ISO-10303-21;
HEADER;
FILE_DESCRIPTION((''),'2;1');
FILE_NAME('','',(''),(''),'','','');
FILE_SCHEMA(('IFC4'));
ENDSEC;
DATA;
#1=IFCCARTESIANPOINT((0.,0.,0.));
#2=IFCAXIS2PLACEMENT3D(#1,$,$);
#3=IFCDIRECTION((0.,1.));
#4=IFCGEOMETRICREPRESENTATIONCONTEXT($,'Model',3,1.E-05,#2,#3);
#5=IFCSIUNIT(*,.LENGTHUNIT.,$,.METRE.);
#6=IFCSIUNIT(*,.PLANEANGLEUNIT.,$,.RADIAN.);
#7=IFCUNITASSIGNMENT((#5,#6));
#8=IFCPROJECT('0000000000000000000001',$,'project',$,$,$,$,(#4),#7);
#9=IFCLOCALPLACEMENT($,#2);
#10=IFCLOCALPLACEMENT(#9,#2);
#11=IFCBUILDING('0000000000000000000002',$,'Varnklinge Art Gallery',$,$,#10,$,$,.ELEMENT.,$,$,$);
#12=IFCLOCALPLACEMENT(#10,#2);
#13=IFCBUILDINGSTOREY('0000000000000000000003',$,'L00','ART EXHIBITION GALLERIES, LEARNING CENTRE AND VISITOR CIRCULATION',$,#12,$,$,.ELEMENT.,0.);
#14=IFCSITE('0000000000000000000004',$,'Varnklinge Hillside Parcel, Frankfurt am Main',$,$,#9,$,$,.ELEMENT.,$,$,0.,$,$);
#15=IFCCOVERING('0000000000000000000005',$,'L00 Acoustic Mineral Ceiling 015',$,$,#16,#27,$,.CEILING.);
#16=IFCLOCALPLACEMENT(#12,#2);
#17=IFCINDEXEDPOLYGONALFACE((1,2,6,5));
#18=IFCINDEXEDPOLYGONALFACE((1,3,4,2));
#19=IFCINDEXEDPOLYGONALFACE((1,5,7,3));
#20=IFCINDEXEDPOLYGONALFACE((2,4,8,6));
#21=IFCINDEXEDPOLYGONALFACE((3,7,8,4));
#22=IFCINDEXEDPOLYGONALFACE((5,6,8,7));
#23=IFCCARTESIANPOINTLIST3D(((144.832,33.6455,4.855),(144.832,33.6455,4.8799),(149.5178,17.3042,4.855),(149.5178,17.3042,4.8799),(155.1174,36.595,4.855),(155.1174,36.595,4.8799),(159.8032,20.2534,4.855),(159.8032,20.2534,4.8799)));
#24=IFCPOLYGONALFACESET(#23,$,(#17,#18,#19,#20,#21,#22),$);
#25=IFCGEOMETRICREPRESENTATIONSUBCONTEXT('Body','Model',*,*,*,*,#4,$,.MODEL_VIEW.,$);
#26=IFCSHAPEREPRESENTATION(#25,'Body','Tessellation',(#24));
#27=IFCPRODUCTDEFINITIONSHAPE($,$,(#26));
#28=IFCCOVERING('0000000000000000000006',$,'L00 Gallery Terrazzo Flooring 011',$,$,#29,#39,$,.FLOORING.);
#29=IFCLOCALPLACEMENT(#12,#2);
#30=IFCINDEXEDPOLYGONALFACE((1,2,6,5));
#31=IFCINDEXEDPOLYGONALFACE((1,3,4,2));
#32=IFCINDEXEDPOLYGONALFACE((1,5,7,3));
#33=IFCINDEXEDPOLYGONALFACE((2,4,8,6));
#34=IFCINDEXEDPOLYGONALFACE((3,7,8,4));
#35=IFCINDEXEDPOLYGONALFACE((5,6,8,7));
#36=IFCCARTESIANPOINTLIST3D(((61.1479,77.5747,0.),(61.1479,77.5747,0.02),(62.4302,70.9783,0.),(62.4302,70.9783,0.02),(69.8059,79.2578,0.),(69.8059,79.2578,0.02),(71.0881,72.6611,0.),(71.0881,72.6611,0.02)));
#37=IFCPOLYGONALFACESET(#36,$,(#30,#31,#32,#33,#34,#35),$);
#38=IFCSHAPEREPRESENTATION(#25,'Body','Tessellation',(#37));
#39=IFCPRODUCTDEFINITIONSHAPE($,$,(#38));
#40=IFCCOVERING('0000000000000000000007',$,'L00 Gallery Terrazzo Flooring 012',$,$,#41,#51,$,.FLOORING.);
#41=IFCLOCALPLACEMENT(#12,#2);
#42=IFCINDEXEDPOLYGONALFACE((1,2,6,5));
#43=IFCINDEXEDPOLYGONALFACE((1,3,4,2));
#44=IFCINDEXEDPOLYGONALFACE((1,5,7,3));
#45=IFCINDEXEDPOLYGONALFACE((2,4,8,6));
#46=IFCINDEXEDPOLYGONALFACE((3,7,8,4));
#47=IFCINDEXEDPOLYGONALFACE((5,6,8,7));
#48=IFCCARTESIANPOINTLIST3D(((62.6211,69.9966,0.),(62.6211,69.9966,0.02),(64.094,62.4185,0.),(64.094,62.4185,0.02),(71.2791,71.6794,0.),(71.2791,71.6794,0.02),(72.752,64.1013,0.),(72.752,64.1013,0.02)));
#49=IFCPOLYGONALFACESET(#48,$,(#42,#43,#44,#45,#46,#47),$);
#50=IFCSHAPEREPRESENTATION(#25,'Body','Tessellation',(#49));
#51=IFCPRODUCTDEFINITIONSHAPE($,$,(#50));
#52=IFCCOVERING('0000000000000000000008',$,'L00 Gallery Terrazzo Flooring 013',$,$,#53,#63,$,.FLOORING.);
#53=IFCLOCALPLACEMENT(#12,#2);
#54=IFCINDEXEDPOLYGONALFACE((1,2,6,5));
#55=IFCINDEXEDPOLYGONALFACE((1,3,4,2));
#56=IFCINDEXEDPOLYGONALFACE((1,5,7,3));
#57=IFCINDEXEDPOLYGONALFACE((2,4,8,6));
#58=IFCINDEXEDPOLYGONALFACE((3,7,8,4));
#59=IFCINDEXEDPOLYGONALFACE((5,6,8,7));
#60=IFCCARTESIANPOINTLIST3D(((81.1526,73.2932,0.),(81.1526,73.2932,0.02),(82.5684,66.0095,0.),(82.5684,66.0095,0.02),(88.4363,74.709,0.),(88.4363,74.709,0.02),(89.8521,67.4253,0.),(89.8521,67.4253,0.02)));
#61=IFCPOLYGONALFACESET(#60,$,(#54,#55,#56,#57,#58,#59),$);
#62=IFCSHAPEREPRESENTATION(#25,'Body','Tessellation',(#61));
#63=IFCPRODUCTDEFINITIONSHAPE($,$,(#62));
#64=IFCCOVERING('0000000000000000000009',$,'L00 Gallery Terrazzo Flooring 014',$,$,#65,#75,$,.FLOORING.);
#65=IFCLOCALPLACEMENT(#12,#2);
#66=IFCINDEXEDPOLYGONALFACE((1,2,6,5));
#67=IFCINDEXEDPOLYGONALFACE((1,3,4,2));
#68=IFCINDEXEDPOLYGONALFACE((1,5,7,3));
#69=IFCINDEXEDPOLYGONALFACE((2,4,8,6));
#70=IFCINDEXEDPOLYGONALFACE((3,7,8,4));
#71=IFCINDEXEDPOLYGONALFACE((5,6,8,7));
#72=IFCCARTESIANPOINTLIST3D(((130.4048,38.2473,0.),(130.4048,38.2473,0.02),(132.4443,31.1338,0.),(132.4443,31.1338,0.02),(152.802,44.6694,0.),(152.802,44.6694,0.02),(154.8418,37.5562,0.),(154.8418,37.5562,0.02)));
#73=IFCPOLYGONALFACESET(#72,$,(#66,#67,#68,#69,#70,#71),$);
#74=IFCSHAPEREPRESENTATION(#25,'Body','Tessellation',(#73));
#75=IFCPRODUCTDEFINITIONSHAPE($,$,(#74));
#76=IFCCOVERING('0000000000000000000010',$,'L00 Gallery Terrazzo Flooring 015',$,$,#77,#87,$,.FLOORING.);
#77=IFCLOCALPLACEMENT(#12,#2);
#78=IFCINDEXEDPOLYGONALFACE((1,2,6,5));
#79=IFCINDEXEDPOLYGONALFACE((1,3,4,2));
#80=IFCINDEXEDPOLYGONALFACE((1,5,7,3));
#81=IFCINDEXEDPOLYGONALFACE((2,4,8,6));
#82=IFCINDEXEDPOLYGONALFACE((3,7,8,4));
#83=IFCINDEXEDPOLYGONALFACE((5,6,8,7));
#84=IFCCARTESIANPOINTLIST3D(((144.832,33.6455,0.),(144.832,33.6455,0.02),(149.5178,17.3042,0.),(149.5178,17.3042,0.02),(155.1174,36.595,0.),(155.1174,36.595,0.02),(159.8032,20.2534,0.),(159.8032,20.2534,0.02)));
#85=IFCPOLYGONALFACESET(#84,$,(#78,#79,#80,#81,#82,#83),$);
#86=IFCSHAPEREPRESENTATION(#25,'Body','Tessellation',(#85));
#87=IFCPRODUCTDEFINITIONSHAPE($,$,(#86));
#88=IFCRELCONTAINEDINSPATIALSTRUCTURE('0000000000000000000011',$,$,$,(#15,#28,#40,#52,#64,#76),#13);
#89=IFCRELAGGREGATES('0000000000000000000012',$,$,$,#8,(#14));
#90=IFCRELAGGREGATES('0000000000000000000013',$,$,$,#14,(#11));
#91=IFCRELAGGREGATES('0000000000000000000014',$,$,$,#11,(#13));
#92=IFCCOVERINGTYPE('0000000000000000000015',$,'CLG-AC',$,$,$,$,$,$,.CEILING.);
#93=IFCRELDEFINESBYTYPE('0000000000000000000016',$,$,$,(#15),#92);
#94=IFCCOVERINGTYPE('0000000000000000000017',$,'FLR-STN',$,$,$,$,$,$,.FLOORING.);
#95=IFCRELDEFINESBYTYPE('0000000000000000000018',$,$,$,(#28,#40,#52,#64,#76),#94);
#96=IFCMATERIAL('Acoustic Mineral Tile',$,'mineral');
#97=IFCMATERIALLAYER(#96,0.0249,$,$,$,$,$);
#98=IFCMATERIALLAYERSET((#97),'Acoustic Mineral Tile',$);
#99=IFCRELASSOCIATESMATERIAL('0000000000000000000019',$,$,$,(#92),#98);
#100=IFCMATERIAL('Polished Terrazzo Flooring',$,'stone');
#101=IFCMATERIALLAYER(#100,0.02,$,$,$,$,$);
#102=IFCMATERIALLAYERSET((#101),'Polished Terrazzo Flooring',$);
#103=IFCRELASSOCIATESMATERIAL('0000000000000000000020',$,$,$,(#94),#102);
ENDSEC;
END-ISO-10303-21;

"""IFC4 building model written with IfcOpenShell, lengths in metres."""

from ifc_helpers import new_model, si_unit, direction, frame, origin, place, context, subcontext, project, spatial, polyline, outline, extrude, material, layer, layer_set, type_object, element, save


model = new_model("IFC4")

# Units and contexts
model_context = context("Model", 3, precision=1e-05, world=origin(), true_north=direction((0.0, 1.0)))
body_context = subcontext(model_context, "Body", "Model", "MODEL_VIEW")
ifc_project = project(units=[si_unit("LENGTHUNIT", "METRE"), si_unit("PLANEANGLEUNIT", "RADIAN")], contexts=[model_context])

# Site, building, storey
site_placement = place(None, origin())
site = spatial("IfcSite", under=ifc_project, at=site_placement, Name="Varnklinge Hillside Parcel, Frankfurt am Main", CompositionType="ELEMENT", RefElevation=0.0)
building_placement = place(site_placement, origin())
building = spatial("IfcBuilding", under=site, at=building_placement, Name="Varnklinge Art Gallery", CompositionType="ELEMENT")
storey_placement = place(building_placement, origin())
storey = spatial("IfcBuildingStorey", under=building, at=storey_placement, Name="L00", Description="ART EXHIBITION GALLERIES, LEARNING CENTRE AND VISITOR CIRCULATION", CompositionType="ELEMENT", Elevation=0.0)

# Coverings
ifc_material_1 = material(Name="Acoustic Mineral Tile", Category="mineral")
ifc_layer_1 = layer(ifc_material_1, 0.0249)
ifc_layer_set_1 = layer_set([ifc_layer_1], Name="Acoustic Mineral Tile")
covering_type_1 = type_object("IfcCoveringType", Name="CLG-AC", PredefinedType="CEILING", material=ifc_layer_set_1)
covering_1_placement = place(storey_placement, frame((0.0, 0.0, 4.855)))
element("IfcCovering", 1, at=covering_1_placement, inside=storey, type_object=covering_type_1, Name="L00 Acoustic Mineral Ceiling 015", PredefinedType="CEILING", context=body_context, shape_type="SweptSolid", body=[
    extrude(outline(polyline([(149.5178, 17.3042), (159.8032, 20.2534), (155.1174, 36.595), (144.832, 33.6455), (149.5178, 17.3042)])), origin(), (0.0, 0.0, 1.0), 0.0249),
])
ifc_material_2 = material(Name="Polished Terrazzo Flooring", Category="stone")
ifc_layer_2 = layer(ifc_material_2, 0.02)
ifc_layer_set_2 = layer_set([ifc_layer_2], Name="Polished Terrazzo Flooring")
covering_type_2 = type_object("IfcCoveringType", Name="FLR-STN", PredefinedType="FLOORING", material=ifc_layer_set_2)
covering_2_placement = place(storey_placement, origin())
element("IfcCovering", 2, at=covering_2_placement, inside=storey, type_object=covering_type_2, Name="L00 Gallery Terrazzo Flooring 011", PredefinedType="FLOORING", context=body_context, shape_type="SweptSolid", body=[
    extrude(outline(polyline([(69.8059, 79.2578), (61.1479, 77.5747), (62.4302, 70.9783), (71.0881, 72.6611), (69.8059, 79.2578)])), origin(), (0.0, 0.0, 1.0), 0.02),
])
covering_3_placement = place(storey_placement, origin())
element("IfcCovering", 3, at=covering_3_placement, inside=storey, type_object=covering_type_2, Name="L00 Gallery Terrazzo Flooring 012", PredefinedType="FLOORING", context=body_context, shape_type="SweptSolid", body=[
    extrude(outline(polyline([(71.2791, 71.6794), (62.6211, 69.9966), (64.094, 62.4185), (72.752, 64.1013), (71.2791, 71.6794)])), origin(), (0.0, 0.0, 1.0), 0.02),
])
covering_4_placement = place(storey_placement, origin())
element("IfcCovering", 4, at=covering_4_placement, inside=storey, type_object=covering_type_2, Name="L00 Gallery Terrazzo Flooring 013", PredefinedType="FLOORING", context=body_context, shape_type="SweptSolid", body=[
    extrude(outline(polyline([(81.1526, 73.2932), (82.5684, 66.0095), (89.8521, 67.4253), (88.4363, 74.709), (81.1526, 73.2932)])), origin(), (0.0, 0.0, 1.0), 0.02),
])
covering_5_placement = place(storey_placement, origin())
element("IfcCovering", 5, at=covering_5_placement, inside=storey, type_object=covering_type_2, Name="L00 Gallery Terrazzo Flooring 014", PredefinedType="FLOORING", context=body_context, shape_type="SweptSolid", body=[
    extrude(outline(polyline([(132.4443, 31.1338), (154.8418, 37.5562), (152.802, 44.6694), (130.4048, 38.2473), (132.4443, 31.1338)])), origin(), (0.0, 0.0, 1.0), 0.02),
])
covering_6_placement = place(storey_placement, origin())
element("IfcCovering", 6, at=covering_6_placement, inside=storey, type_object=covering_type_2, Name="L00 Gallery Terrazzo Flooring 015", PredefinedType="FLOORING", context=body_context, shape_type="SweptSolid", body=[
    extrude(outline(polyline([(149.5178, 17.3042), (159.8032, 20.2534), (155.1174, 36.595), (144.832, 33.6455), (149.5178, 17.3042)])), origin(), (0.0, 0.0, 1.0), 0.02),
])

save(model, "model.ifc")
